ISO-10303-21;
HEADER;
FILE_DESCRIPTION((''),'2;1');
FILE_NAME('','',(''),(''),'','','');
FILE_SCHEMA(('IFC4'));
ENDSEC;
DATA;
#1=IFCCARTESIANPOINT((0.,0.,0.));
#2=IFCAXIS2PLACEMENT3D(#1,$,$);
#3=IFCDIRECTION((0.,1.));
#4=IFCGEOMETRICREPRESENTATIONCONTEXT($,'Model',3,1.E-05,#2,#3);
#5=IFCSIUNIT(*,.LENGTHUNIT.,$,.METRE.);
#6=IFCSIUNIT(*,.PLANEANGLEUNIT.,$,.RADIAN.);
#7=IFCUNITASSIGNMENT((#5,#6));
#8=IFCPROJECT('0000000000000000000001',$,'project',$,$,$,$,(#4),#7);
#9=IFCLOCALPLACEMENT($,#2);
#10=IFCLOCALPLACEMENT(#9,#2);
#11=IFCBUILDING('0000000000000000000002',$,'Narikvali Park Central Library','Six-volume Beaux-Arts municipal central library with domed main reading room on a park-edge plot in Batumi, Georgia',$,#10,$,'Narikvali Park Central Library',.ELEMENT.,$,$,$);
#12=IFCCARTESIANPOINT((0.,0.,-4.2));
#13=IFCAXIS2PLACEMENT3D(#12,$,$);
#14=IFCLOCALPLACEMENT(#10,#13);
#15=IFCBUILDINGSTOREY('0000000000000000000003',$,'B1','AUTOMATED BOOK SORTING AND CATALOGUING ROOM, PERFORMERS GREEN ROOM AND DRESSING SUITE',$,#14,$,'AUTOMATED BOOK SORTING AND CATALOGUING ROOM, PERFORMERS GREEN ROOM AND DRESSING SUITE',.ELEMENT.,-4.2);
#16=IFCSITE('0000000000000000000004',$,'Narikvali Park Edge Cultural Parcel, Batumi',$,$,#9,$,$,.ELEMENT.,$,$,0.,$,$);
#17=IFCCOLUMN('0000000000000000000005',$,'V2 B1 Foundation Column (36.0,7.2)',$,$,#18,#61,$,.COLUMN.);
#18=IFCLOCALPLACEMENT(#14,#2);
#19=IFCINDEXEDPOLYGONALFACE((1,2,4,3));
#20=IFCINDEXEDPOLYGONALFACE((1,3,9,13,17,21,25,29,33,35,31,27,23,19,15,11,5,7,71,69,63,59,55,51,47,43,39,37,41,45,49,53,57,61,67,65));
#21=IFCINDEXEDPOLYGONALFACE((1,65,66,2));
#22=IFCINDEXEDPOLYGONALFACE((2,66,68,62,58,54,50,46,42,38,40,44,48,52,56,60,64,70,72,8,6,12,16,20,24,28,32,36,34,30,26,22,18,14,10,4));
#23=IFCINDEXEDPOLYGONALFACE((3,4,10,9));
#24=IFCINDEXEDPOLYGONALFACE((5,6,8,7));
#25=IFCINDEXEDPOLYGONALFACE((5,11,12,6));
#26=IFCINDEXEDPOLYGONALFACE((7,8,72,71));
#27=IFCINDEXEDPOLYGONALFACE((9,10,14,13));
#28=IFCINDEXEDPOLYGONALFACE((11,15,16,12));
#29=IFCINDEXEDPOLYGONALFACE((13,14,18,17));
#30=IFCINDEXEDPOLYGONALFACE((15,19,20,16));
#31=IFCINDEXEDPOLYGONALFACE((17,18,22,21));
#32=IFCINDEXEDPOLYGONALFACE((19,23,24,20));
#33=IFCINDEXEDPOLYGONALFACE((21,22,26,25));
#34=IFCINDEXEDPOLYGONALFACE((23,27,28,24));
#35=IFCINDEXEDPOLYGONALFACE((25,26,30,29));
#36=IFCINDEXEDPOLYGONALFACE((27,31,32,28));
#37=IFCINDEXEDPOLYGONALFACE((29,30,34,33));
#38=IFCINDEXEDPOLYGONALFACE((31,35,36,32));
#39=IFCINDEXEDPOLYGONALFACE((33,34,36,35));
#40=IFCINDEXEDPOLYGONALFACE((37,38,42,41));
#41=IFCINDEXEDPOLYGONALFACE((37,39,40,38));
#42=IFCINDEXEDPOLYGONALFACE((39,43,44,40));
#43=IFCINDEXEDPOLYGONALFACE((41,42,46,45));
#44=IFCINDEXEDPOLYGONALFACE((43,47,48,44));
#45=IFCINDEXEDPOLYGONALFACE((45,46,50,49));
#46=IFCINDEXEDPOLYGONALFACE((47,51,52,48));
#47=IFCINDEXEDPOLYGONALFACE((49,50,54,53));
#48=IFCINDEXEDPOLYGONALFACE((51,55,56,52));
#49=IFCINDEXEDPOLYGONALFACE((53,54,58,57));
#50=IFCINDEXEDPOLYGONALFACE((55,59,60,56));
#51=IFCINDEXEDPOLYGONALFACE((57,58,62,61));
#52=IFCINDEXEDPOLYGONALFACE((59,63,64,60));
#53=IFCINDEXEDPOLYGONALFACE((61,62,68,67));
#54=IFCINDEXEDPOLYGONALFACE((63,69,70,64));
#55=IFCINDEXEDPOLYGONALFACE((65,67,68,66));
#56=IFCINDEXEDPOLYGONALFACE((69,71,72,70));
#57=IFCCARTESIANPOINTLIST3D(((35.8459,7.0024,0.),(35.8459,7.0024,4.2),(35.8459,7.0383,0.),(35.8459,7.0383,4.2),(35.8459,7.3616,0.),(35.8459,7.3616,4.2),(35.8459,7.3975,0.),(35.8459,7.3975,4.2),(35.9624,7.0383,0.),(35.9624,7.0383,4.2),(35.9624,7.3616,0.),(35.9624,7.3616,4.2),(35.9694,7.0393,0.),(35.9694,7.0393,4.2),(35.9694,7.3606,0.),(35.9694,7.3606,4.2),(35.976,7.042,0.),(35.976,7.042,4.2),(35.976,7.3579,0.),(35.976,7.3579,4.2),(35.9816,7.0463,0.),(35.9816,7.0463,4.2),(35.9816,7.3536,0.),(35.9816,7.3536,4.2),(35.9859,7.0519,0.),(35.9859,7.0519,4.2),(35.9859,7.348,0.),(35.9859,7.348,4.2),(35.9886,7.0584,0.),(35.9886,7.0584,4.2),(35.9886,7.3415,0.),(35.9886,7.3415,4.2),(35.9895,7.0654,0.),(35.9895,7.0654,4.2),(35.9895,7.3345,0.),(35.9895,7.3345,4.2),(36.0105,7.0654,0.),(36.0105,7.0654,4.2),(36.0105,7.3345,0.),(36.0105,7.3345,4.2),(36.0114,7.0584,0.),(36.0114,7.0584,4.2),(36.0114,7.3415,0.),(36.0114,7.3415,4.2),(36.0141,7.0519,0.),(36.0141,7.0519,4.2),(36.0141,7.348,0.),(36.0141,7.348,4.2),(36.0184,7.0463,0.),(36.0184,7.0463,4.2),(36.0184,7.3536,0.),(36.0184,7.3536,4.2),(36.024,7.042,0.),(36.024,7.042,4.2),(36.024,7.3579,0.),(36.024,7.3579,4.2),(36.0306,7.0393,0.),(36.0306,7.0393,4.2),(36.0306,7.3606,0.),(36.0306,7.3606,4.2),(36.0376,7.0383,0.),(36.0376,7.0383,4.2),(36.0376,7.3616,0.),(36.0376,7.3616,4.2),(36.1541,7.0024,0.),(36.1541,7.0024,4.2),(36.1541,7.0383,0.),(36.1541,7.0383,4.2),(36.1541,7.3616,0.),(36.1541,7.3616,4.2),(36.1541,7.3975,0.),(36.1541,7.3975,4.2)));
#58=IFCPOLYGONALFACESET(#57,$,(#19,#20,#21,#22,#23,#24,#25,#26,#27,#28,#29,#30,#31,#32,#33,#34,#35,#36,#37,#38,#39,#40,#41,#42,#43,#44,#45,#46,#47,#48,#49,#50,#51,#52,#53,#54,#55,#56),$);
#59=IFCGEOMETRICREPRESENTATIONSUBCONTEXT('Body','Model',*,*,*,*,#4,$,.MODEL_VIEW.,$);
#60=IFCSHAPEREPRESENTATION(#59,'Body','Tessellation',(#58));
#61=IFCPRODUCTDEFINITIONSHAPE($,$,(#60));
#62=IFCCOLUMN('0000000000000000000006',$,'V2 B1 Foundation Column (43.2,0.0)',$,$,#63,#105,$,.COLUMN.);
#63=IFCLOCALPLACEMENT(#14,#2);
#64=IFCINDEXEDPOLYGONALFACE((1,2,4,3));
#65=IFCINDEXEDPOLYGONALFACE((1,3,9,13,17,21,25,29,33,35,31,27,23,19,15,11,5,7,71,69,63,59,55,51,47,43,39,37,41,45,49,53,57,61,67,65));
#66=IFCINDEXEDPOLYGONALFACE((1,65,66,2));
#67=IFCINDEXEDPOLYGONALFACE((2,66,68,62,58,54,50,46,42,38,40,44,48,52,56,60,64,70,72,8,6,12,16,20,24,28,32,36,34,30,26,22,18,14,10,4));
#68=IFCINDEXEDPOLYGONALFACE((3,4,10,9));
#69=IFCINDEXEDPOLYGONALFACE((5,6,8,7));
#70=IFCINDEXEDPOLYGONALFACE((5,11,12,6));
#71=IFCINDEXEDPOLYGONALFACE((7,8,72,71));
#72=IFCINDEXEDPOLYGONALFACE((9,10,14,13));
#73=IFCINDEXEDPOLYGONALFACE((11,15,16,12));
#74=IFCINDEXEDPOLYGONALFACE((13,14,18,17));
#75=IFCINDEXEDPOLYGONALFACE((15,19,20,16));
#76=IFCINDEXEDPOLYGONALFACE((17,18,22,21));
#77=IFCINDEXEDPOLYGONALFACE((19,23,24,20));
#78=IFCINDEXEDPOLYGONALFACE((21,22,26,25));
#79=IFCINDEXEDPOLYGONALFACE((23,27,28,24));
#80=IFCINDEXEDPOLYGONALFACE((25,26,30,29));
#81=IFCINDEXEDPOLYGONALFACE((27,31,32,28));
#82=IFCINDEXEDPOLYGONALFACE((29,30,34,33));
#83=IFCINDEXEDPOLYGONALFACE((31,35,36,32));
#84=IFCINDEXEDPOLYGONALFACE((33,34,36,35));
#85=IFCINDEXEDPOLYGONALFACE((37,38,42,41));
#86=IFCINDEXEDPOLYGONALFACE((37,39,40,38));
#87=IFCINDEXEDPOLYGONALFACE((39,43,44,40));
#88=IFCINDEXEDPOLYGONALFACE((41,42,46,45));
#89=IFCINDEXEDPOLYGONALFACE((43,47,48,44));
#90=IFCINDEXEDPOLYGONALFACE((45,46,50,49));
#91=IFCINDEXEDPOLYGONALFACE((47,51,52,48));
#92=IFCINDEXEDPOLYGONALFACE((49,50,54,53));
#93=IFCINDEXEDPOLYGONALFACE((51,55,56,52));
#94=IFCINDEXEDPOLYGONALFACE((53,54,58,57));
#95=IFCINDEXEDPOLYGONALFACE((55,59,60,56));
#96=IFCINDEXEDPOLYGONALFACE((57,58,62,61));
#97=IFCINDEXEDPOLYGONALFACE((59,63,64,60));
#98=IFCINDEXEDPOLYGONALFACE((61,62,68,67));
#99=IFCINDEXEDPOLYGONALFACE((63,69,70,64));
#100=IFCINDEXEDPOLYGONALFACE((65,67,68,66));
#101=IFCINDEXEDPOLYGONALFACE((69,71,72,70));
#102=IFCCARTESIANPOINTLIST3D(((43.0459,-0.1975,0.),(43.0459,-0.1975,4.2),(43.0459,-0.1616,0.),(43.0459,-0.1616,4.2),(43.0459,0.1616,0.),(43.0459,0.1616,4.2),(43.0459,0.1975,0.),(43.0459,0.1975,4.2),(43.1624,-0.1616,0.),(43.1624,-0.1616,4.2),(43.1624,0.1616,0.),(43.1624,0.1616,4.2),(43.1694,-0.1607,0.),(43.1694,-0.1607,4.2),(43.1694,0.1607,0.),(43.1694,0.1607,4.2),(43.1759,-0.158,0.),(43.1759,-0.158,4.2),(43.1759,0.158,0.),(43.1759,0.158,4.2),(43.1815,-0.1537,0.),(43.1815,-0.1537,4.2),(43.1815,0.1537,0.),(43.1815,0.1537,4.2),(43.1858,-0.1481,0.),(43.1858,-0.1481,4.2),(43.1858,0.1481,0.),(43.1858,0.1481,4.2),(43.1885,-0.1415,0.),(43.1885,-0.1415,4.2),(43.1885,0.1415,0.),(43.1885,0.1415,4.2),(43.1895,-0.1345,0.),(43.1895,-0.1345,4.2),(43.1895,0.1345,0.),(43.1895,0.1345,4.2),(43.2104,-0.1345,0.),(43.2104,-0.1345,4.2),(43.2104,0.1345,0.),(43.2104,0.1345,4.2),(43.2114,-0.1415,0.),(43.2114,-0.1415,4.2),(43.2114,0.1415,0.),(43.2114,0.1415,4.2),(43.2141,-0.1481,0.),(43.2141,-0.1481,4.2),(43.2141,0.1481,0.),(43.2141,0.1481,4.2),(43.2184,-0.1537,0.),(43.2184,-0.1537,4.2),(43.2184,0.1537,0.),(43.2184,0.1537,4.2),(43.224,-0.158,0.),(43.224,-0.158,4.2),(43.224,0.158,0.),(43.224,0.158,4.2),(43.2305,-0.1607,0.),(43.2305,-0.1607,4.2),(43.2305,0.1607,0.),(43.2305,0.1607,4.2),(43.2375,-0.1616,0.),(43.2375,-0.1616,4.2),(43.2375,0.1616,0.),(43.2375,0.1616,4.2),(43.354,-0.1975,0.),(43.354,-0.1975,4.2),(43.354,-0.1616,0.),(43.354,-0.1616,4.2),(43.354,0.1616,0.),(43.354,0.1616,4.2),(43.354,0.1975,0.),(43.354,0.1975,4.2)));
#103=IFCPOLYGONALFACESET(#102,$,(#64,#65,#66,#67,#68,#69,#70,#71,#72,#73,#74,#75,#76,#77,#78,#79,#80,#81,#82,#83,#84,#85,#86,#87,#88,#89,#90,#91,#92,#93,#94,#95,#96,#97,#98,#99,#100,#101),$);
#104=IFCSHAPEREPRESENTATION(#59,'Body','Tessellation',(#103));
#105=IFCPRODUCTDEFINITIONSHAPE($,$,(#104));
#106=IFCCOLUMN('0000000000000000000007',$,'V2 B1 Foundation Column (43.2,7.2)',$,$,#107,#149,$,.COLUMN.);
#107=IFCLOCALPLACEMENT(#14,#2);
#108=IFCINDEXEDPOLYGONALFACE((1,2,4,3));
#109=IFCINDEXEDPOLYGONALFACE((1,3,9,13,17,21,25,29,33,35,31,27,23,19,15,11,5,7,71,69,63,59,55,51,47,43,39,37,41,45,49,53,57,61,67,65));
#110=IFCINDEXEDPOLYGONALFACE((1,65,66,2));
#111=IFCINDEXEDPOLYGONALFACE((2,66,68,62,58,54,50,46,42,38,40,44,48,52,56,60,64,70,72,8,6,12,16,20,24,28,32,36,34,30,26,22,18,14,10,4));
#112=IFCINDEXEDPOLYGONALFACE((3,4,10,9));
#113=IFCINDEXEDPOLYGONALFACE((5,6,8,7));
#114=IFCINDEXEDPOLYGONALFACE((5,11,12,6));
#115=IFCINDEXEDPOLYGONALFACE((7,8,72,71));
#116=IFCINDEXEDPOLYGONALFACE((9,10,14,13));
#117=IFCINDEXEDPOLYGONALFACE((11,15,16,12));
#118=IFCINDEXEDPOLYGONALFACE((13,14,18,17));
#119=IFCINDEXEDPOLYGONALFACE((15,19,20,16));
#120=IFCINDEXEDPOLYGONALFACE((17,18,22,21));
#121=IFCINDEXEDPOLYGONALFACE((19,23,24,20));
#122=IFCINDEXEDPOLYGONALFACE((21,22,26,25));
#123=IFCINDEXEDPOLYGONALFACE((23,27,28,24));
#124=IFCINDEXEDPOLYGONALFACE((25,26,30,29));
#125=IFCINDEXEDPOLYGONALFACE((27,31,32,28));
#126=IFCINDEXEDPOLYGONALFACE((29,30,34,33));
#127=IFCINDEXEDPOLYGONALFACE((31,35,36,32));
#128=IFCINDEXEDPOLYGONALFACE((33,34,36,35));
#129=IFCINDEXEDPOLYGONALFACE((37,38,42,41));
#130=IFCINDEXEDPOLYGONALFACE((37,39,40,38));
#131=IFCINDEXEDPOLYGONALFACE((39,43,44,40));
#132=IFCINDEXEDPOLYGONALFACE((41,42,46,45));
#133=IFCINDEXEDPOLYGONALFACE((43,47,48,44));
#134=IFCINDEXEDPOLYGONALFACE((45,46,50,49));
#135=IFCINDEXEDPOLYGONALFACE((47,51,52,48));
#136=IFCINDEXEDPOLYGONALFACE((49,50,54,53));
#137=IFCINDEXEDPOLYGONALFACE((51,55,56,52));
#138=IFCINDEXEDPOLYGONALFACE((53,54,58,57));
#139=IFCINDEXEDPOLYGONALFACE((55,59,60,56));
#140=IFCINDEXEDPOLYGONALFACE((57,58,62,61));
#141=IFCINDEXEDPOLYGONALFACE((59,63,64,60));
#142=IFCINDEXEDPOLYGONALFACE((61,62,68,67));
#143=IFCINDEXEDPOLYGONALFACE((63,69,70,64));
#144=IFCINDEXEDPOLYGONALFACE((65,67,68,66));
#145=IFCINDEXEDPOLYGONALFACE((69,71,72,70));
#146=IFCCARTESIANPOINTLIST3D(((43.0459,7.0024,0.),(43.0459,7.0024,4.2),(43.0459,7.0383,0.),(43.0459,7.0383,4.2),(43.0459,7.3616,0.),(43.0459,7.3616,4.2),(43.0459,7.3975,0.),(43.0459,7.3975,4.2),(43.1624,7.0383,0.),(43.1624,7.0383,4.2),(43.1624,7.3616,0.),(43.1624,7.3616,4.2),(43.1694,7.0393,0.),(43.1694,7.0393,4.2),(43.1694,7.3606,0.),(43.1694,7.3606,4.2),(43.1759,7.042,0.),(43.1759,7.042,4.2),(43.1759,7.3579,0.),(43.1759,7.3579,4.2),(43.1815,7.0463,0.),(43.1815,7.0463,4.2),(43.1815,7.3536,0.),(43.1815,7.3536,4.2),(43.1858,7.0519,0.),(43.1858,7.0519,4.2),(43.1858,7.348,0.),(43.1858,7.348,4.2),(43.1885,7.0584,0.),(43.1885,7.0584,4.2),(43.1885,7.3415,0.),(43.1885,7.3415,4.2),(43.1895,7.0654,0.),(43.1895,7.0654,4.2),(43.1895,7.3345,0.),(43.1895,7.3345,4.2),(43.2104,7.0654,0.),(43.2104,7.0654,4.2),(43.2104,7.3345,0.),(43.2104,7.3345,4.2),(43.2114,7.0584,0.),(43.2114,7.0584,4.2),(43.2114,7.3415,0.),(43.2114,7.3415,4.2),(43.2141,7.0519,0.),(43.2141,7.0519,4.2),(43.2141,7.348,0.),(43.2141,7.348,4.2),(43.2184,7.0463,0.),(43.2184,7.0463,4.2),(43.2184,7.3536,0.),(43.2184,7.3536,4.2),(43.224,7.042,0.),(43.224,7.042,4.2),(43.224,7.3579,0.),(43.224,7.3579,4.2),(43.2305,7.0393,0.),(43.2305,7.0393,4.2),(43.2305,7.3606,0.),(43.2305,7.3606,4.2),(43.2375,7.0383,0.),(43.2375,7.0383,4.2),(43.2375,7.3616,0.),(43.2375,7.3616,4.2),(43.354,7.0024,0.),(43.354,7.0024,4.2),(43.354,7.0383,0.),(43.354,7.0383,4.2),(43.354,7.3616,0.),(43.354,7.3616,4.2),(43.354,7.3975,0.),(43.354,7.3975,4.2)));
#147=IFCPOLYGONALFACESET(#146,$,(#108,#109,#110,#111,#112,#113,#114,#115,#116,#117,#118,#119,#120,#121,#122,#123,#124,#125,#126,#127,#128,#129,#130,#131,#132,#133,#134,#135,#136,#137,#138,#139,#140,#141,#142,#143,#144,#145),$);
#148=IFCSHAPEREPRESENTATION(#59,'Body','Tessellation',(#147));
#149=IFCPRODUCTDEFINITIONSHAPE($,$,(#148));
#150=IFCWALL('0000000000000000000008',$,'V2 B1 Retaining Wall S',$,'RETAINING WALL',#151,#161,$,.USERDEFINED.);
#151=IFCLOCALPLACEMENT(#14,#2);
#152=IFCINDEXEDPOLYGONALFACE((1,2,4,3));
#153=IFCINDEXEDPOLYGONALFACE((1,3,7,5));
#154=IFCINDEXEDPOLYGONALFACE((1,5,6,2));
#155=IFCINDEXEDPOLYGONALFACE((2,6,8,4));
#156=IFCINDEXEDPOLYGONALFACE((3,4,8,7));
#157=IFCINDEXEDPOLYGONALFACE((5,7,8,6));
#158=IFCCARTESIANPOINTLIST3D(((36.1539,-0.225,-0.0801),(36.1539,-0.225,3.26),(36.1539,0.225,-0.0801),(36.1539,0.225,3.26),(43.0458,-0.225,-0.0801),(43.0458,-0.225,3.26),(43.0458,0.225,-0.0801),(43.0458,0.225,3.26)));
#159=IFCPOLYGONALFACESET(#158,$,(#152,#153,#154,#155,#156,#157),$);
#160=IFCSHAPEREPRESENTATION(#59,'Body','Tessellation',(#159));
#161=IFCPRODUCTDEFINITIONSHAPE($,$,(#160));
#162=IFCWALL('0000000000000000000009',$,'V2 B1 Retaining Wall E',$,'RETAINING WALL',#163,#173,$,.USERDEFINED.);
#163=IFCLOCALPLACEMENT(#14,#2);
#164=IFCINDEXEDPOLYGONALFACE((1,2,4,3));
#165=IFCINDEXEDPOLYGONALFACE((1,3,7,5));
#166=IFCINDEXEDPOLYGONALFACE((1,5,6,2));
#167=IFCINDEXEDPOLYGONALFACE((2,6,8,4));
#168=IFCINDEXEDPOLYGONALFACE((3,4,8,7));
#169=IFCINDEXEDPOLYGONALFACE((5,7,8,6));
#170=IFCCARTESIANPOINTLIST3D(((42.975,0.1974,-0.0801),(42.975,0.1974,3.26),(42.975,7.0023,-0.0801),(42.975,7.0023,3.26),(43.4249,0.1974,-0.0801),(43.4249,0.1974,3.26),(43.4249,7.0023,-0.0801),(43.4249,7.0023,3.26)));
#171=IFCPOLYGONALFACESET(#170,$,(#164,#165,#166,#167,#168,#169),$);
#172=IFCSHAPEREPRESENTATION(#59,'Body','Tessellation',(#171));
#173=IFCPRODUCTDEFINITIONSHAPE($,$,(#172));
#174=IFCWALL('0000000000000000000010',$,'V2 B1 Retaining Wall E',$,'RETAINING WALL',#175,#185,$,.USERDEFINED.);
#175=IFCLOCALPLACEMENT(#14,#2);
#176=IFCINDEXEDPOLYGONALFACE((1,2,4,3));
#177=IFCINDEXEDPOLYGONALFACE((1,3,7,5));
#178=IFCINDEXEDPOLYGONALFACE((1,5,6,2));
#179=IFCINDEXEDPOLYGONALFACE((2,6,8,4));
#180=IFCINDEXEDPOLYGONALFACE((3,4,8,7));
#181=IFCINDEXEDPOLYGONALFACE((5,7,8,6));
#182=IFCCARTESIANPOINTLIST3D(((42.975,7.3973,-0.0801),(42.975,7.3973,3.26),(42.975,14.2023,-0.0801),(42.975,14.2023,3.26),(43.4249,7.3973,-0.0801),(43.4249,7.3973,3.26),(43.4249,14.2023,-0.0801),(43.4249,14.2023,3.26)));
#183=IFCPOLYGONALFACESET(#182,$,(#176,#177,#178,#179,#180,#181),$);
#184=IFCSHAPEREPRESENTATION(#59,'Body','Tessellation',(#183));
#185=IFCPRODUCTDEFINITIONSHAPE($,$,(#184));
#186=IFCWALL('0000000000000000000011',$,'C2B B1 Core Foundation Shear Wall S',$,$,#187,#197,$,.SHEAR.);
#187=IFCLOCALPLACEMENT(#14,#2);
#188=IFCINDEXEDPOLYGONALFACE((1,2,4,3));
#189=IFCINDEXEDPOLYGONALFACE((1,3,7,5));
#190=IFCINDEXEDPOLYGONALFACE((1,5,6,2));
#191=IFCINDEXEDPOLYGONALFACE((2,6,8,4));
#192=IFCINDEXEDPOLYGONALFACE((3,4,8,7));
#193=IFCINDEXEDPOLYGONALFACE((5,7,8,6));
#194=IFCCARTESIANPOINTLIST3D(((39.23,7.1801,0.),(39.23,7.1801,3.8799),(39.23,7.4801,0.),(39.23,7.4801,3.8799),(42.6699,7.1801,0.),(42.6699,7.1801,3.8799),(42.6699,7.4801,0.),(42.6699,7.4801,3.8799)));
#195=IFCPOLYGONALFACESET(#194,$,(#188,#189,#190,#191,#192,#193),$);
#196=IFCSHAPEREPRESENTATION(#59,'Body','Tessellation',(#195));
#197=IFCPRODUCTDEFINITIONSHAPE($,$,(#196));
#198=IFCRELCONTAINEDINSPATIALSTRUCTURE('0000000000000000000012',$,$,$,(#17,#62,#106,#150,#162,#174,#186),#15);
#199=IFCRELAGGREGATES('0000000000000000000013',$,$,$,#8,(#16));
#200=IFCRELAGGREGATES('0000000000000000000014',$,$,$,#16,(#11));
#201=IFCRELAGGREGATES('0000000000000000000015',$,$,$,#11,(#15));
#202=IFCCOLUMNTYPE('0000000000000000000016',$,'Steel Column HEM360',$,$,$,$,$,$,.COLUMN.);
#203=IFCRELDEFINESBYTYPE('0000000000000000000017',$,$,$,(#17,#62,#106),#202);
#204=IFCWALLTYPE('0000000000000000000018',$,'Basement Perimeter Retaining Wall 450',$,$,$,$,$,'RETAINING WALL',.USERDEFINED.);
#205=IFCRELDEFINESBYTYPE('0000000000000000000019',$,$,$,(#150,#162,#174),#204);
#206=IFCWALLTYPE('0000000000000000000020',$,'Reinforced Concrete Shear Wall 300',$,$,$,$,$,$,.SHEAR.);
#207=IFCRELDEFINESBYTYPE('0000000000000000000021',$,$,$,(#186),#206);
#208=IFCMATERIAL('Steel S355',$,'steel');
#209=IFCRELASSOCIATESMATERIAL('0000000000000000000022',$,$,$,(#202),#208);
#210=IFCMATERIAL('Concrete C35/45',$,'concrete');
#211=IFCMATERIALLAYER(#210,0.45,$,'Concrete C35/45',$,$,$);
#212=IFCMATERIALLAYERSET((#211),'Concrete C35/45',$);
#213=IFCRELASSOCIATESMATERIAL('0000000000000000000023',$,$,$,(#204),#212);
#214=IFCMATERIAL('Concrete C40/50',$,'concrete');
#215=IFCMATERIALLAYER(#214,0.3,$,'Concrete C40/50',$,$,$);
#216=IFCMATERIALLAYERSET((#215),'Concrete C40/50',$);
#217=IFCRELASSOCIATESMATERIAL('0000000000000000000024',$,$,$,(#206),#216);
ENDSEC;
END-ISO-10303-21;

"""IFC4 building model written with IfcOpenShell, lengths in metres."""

from ifc_helpers import new_model, si_unit, direction, frame, frame_2d, origin, origin_2d, place, context, subcontext, project, spatial, rectangle, i_section, extrude, material, layer, layer_set, material_profile, profile_set, type_object, element, save


model = new_model("IFC4")

# Units and contexts
model_context = context("Model", 3, precision=1e-05, world=origin(), true_north=direction((0.0, 1.0)))
body_context = subcontext(model_context, "Body", "Model", "MODEL_VIEW")
ifc_project = project(units=[si_unit("LENGTHUNIT", "METRE"), si_unit("PLANEANGLEUNIT", "RADIAN")], contexts=[model_context])

# Site, building, storey
site_placement = place(None, origin())
site = spatial("IfcSite", under=ifc_project, at=site_placement, Name="Narikvali Park Edge Cultural Parcel, Batumi", CompositionType="ELEMENT", RefElevation=0.0)
building_placement = place(site_placement, origin())
building = spatial("IfcBuilding", under=site, at=building_placement, Name="Narikvali Park Central Library", Description="Six-volume Beaux-Arts municipal central library with domed main reading room on a park-edge plot in Batumi, Georgia", LongName="Narikvali Park Central Library", CompositionType="ELEMENT")
storey_placement = place(building_placement, frame((0.0, 0.0, -4.2)))
storey = spatial("IfcBuildingStorey", under=building, at=storey_placement, Name="B1", Description="AUTOMATED BOOK SORTING AND CATALOGUING ROOM, PERFORMERS GREEN ROOM AND DRESSING SUITE", LongName="AUTOMATED BOOK SORTING AND CATALOGUING ROOM, PERFORMERS GREEN ROOM AND DRESSING SUITE", CompositionType="ELEMENT", Elevation=-4.2)

# Shared definitions
ifc_material_1 = material(Name="Concrete C35/45", Category="concrete")

# Columns
ifc_material_2 = material(Name="Steel S355", Category="steel")
ifc_material_profile_1 = material_profile(ifc_material_2, i_section(OverallWidth=0.3081, OverallDepth=0.395, WebThickness=0.021, FlangeThickness=0.0359, FilletRadius=0.0271, at=origin_2d()), Name="HEM 360")
ifc_profile_set_1 = profile_set([ifc_material_profile_1], Name="Steel S355")
column_type = type_object("IfcColumnType", Name="Steel Column HEM360", PredefinedType="COLUMN", material=ifc_profile_set_1)
for number, where, z_axis, x_axis, name in (
    (1, (36.0, 7.2, 0.0), (0.0, 0.0, 1.0), (1.0, 0.0, 0.0), "V2 B1 Foundation Column (36.0,7.2)"),
    (2, (43.2, 0.0, 0.0), (0.0, 0.0, 1.0), (1.0, 0.0, 0.0), "V2 B1 Foundation Column (43.2,0.0)"),
    (3, (43.2, 7.2, 0.0), (0.0, 0.0, 1.0), (1.0, 0.0, 0.0), "V2 B1 Foundation Column (43.2,7.2)"),
):
    element("IfcColumn", number, at=place(storey_placement, frame(where, z_axis=z_axis, x_axis=x_axis)), inside=storey, type_object=column_type, Name=name, PredefinedType="COLUMN", context=body_context, shape_type="SweptSolid", body=[
        extrude(i_section(OverallWidth=0.3081, OverallDepth=0.395, WebThickness=0.021, FlangeThickness=0.0359, FilletRadius=0.0271, at=origin_2d()), origin(), (0.0, 0.0, 1.0), 4.2),
    ])

# Walls
ifc_layer_1 = layer(ifc_material_1, 0.45, Name="Concrete C35/45")
ifc_layer_set_1 = layer_set([ifc_layer_1], Name="Concrete C35/45")
wall_type_1 = type_object("IfcWallType", Name="Basement Perimeter Retaining Wall 450", ElementType="RETAINING WALL", PredefinedType="USERDEFINED", material=ifc_layer_set_1)
wall_1_placement = place(storey_placement, frame((36.1541, 0.0, -0.0801), z_axis=(0.0, 0.0, 1.0), x_axis=(1.0, 0.0, 0.0)))
element("IfcWall", 4, at=wall_1_placement, inside=storey, type_object=wall_type_1, Name="V2 B1 Retaining Wall S", ObjectType="RETAINING WALL", PredefinedType="USERDEFINED", context=body_context, shape_type="SweptSolid", body=[
    extrude(rectangle(XDim=6.8918, YDim=0.45, at=frame_2d((3.4458, 0.0))), origin(), (0.0, 0.0, 1.0), 3.3401),
])
for number, where, z_axis, x_axis, name in (
    (5, (43.2, 0.1975, -0.0801), (0.0, 0.0, 1.0), (0.0, 1.0, 0.0), "V2 B1 Retaining Wall E"),
    (6, (43.2, 7.3975, -0.0801), (0.0, 0.0, 1.0), (0.0, 1.0, 0.0), "V2 B1 Retaining Wall E"),
):
    element("IfcWall", number, at=place(storey_placement, frame(where, z_axis=z_axis, x_axis=x_axis)), inside=storey, type_object=wall_type_1, Name=name, ObjectType="RETAINING WALL", PredefinedType="USERDEFINED", context=body_context, shape_type="SweptSolid", body=[
        extrude(rectangle(XDim=6.8049, YDim=0.45, at=frame_2d((3.4023, 0.0))), origin(), (0.0, 0.0, 1.0), 3.3401),
    ])
ifc_material_3 = material(Name="Concrete C40/50", Category="concrete")
ifc_layer_2 = layer(ifc_material_3, 0.3, Name="Concrete C40/50")
ifc_layer_set_2 = layer_set([ifc_layer_2], Name="Concrete C40/50")
wall_type_2 = type_object("IfcWallType", Name="Reinforced Concrete Shear Wall 300", PredefinedType="SHEAR", material=ifc_layer_set_2)
wall_2_placement = place(storey_placement, frame((39.23, 7.3301, 0.0), z_axis=(0.0, 0.0, 1.0), x_axis=(1.0, 0.0, 0.0)))
element("IfcWall", 7, at=wall_2_placement, inside=storey, type_object=wall_type_2, Name="C2B B1 Core Foundation Shear Wall S", PredefinedType="SHEAR", context=body_context, shape_type="SweptSolid", body=[
    extrude(rectangle(XDim=3.4399, YDim=0.3, at=frame_2d((1.72, 0.0))), origin(), (0.0, 0.0, 1.0), 3.8799),
])

save(model, "model.ifc")
